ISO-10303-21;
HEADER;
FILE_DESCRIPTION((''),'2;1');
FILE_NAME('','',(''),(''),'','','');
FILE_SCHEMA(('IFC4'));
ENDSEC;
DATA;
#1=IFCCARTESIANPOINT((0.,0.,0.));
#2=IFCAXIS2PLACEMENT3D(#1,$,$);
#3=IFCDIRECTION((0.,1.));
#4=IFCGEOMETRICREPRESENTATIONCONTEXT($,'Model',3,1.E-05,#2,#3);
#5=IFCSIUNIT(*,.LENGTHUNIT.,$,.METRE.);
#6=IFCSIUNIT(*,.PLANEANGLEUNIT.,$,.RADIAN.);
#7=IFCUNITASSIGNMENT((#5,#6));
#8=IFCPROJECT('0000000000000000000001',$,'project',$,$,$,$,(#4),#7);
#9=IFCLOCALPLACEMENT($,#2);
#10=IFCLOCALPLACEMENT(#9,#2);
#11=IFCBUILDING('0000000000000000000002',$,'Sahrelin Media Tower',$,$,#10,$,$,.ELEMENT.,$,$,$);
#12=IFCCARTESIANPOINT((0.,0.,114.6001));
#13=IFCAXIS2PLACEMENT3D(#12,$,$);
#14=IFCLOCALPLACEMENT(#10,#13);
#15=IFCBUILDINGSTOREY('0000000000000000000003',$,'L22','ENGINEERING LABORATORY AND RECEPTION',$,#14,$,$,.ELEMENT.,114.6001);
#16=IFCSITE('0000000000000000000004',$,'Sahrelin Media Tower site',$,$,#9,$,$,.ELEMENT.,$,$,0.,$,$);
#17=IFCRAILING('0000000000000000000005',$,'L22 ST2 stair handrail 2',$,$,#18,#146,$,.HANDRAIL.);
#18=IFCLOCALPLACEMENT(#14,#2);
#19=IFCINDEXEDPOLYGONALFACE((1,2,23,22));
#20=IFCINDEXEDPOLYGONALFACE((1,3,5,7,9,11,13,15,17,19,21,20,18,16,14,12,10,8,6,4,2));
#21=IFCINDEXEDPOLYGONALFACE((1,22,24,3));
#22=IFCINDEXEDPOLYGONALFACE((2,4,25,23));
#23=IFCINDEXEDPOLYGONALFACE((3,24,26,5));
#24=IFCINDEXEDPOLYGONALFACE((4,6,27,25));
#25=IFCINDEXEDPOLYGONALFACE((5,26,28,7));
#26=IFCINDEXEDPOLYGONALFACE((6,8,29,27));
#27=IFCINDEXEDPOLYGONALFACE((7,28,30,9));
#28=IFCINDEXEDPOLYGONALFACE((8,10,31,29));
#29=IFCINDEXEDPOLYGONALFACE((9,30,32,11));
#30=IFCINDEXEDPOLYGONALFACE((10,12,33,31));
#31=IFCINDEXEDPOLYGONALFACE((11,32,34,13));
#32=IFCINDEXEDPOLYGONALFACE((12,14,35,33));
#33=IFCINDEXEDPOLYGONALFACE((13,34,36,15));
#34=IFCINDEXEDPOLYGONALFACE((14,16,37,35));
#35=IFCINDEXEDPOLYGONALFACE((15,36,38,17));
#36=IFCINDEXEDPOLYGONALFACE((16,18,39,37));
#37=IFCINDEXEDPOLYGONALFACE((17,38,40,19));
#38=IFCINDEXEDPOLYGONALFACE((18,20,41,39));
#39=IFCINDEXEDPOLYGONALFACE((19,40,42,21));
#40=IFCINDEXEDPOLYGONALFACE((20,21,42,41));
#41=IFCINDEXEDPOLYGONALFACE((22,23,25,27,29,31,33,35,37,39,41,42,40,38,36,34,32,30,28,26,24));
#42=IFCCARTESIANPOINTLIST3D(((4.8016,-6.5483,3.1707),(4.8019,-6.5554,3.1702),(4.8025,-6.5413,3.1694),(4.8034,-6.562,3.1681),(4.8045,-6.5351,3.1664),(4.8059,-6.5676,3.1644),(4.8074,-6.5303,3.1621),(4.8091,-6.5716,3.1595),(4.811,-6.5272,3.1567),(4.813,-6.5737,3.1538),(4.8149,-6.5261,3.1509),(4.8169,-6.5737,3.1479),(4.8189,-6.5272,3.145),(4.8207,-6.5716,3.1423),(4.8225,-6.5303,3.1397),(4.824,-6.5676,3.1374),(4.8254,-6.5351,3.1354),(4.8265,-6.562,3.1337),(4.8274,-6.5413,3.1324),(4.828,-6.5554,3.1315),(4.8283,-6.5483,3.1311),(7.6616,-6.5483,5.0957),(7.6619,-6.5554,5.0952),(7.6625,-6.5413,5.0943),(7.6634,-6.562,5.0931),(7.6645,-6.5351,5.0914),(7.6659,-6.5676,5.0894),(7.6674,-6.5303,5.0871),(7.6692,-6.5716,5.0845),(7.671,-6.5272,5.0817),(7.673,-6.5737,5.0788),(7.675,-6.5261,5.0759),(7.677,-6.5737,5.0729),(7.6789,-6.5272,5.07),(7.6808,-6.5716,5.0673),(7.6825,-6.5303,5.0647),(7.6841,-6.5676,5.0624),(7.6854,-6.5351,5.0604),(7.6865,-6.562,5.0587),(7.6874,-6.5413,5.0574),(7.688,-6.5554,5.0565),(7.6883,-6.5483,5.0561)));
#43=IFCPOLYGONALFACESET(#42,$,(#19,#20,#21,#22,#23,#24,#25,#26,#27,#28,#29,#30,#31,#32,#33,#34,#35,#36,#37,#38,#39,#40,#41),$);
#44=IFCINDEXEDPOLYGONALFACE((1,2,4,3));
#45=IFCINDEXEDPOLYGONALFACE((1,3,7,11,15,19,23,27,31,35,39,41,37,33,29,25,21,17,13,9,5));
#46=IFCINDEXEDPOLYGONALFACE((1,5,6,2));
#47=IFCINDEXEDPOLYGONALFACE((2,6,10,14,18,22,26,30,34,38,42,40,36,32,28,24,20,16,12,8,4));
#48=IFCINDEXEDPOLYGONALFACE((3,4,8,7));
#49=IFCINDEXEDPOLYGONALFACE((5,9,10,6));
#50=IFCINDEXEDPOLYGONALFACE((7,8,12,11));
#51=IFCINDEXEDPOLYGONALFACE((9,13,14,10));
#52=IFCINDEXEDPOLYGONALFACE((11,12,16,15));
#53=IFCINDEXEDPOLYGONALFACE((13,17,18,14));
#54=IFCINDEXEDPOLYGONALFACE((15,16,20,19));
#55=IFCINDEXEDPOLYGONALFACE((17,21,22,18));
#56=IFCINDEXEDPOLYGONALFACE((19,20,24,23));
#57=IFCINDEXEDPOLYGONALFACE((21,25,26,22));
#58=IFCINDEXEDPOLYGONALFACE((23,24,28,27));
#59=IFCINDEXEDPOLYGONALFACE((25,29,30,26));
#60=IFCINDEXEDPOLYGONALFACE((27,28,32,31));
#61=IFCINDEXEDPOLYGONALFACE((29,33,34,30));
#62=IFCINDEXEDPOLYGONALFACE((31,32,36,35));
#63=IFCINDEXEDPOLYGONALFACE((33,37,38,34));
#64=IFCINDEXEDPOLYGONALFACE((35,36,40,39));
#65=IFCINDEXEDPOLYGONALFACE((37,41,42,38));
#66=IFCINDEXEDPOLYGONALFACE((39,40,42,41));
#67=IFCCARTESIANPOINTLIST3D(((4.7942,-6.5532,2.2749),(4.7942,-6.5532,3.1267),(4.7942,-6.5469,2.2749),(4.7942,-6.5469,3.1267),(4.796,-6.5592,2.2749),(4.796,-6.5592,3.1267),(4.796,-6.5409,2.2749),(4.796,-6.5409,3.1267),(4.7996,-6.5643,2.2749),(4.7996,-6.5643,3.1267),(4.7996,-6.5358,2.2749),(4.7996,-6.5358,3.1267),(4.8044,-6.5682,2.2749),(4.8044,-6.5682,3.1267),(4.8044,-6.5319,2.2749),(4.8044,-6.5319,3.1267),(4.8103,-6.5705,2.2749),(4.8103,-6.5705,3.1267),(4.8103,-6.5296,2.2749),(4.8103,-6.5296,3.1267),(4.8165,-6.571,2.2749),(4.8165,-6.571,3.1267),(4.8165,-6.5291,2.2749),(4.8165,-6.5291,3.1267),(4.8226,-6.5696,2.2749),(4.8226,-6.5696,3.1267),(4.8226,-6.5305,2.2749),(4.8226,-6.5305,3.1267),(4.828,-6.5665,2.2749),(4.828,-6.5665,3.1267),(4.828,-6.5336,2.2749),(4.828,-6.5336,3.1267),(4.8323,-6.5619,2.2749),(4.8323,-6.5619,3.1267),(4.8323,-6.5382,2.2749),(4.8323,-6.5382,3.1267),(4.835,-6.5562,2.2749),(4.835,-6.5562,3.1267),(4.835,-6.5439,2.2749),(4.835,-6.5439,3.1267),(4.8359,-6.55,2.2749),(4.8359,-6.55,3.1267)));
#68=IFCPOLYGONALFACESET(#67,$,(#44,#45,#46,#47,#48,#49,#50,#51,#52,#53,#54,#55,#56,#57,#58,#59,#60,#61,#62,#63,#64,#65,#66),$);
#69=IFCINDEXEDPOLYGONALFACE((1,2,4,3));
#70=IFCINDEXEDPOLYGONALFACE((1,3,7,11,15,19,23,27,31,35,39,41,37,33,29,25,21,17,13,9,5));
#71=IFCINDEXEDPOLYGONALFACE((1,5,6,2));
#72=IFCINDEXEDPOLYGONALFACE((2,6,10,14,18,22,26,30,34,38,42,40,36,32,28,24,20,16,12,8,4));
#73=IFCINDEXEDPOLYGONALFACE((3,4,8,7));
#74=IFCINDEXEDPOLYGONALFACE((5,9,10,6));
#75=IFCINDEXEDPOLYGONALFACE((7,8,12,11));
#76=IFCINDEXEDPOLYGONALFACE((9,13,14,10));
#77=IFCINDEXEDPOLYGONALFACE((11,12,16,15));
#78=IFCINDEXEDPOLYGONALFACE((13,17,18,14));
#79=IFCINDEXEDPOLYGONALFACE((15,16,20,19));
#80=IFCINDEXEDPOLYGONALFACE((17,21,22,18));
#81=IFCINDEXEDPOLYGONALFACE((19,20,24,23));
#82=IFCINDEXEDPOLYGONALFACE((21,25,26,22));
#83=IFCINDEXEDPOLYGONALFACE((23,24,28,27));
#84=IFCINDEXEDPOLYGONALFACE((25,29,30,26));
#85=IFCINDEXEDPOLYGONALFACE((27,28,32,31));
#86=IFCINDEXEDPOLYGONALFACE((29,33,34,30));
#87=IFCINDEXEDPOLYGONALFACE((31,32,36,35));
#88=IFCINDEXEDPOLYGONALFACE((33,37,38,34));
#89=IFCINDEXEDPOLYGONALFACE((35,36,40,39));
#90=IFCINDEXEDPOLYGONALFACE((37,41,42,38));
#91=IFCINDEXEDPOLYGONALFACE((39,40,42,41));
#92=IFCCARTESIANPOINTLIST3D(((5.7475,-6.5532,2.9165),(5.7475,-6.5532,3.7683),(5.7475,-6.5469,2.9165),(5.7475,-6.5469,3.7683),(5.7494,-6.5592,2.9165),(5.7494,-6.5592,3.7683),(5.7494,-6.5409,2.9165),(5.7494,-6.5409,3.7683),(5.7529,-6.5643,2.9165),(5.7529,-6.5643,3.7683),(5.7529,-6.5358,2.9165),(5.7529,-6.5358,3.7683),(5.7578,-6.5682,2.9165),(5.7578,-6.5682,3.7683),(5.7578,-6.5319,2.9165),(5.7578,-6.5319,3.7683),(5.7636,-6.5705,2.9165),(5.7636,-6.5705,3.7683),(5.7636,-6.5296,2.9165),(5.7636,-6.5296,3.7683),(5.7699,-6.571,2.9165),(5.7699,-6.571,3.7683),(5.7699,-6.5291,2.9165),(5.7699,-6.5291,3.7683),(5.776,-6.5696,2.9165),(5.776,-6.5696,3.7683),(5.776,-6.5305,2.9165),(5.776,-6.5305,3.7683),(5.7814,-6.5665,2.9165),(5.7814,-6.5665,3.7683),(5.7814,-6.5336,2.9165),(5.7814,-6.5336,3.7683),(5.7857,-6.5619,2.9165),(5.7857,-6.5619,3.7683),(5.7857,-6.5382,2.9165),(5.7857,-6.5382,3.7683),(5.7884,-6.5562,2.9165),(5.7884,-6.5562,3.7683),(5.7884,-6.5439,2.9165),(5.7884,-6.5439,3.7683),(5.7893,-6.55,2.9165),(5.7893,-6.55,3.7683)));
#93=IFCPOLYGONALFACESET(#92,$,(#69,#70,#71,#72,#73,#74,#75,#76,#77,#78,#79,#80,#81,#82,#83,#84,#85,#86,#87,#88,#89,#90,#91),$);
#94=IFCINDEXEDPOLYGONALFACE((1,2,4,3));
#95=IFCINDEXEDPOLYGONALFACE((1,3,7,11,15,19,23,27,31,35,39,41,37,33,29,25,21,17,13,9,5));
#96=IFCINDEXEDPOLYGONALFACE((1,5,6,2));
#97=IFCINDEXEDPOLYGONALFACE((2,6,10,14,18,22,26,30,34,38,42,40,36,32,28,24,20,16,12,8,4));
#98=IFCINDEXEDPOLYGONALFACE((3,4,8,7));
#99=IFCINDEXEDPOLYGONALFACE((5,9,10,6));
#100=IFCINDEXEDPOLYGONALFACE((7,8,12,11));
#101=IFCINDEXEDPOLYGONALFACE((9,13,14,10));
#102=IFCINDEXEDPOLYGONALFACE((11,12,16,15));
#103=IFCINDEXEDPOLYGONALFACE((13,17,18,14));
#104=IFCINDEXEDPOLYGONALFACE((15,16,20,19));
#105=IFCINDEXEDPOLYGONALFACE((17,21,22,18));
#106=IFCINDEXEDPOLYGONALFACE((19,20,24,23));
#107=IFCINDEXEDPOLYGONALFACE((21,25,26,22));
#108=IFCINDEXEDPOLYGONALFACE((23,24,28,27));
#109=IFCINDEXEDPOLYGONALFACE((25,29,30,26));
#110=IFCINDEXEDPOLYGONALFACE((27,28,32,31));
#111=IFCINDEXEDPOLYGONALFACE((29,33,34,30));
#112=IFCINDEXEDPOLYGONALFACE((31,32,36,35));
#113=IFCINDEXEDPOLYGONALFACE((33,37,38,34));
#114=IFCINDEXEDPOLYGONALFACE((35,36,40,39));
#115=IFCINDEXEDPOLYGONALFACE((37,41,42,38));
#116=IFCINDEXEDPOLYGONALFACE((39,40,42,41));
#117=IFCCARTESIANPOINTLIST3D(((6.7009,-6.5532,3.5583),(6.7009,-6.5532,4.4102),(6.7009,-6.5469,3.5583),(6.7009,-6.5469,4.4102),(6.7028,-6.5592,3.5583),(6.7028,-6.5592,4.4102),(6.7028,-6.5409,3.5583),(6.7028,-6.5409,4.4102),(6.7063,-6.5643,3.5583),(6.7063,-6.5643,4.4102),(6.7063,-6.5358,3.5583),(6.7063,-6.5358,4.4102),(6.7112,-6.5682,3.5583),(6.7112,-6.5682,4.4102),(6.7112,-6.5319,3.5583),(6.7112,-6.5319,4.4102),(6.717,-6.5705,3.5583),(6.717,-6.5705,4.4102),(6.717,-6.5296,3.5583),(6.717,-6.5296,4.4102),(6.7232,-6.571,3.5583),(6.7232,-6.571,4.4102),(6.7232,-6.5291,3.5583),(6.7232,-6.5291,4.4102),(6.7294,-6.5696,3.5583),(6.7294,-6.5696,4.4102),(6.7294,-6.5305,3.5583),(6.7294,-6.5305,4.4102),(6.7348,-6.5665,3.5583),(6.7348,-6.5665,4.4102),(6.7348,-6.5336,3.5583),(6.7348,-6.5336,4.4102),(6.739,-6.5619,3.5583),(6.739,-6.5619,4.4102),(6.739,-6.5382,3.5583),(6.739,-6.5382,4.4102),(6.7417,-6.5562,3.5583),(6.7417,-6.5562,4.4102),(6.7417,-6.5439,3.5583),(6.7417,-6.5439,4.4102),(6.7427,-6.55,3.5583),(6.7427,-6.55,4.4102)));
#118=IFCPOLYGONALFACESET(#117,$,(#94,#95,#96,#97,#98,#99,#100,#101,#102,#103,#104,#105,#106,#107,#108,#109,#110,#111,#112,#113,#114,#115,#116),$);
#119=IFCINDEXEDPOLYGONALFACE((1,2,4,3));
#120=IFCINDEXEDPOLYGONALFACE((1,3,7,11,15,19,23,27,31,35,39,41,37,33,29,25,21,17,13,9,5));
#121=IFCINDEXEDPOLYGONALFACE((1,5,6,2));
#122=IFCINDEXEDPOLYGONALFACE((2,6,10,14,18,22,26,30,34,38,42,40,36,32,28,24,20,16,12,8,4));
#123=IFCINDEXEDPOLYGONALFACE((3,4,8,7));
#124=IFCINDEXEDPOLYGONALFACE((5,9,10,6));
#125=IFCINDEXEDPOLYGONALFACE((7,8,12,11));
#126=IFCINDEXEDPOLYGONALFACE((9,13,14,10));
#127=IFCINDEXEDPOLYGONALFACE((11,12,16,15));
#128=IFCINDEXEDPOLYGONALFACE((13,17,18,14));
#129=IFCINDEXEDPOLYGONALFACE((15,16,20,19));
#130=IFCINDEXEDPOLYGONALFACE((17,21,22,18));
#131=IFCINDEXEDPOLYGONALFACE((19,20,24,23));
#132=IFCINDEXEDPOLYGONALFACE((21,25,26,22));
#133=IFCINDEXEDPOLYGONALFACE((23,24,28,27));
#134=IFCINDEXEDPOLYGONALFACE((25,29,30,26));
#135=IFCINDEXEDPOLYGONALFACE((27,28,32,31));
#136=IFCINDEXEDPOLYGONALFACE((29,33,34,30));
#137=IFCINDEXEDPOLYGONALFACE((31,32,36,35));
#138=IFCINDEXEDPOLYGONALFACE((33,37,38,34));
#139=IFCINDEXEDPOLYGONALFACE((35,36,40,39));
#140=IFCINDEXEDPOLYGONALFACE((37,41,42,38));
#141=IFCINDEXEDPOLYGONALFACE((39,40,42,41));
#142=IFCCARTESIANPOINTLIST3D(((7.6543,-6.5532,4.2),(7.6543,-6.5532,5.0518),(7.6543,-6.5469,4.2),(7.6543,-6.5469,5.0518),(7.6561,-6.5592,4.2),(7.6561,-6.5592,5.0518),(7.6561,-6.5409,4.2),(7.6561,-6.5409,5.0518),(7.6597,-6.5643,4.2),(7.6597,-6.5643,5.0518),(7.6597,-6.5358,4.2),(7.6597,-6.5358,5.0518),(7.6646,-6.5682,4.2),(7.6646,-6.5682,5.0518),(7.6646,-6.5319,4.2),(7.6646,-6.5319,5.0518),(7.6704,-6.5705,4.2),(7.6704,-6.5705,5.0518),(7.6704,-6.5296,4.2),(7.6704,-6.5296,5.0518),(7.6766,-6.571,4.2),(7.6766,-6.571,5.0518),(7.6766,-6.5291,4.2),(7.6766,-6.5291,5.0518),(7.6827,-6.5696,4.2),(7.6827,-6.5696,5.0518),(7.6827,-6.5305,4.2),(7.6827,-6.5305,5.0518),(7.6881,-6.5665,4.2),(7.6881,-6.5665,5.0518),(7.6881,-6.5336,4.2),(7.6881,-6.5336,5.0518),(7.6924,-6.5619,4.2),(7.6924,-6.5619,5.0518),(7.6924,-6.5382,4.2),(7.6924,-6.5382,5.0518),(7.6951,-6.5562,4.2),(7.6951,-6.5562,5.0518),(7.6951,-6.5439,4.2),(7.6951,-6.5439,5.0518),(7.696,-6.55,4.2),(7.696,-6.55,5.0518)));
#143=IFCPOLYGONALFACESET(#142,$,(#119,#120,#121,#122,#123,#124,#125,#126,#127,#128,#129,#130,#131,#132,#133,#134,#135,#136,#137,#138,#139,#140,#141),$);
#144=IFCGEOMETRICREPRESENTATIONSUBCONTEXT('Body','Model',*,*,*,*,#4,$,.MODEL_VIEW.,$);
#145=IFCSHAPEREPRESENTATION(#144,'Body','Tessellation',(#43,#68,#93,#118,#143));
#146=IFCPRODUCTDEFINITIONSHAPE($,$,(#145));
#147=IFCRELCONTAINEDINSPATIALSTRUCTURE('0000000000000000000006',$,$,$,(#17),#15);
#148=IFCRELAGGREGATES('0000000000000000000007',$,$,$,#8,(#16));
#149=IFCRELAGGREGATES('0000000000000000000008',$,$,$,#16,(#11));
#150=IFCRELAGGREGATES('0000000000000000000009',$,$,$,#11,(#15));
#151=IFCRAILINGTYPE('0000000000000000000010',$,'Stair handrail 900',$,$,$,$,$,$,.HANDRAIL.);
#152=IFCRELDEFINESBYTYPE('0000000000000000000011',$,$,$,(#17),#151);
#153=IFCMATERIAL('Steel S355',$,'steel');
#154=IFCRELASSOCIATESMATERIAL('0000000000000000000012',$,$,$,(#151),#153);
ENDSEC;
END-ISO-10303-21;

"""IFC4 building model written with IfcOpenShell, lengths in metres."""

from ifc_helpers import new_model, si_unit, direction, frame, origin, origin_2d, place, context, subcontext, project, spatial, circle, extrude, material, type_object, element, save


model = new_model("IFC4")

# Units and contexts
model_context = context("Model", 3, precision=1e-05, world=origin(), true_north=direction((0.0, 1.0)))
body_context = subcontext(model_context, "Body", "Model", "MODEL_VIEW")
ifc_project = project(units=[si_unit("LENGTHUNIT", "METRE"), si_unit("PLANEANGLEUNIT", "RADIAN")], contexts=[model_context])

# Site, building, storey
site_placement = place(None, origin())
site = spatial("IfcSite", under=ifc_project, at=site_placement, Name="Sahrelin Media Tower site", CompositionType="ELEMENT", RefElevation=0.0)
building_placement = place(site_placement, origin())
building = spatial("IfcBuilding", under=site, at=building_placement, Name="Sahrelin Media Tower", CompositionType="ELEMENT")
storey_placement = place(building_placement, frame((0.0, 0.0, 114.6001)))
storey = spatial("IfcBuildingStorey", under=building, at=storey_placement, Name="L22", Description="ENGINEERING LABORATORY AND RECEPTION", CompositionType="ELEMENT", Elevation=114.6001)

# Shared definitions
ifc_material_1 = material(Name="Steel S355", Category="steel")

# Railing
railing_type_1 = type_object("IfcRailingType", Name="Stair handrail 900", PredefinedType="HANDRAIL", material=ifc_material_1)
railing_1_placement = place(storey_placement, frame((4.8149, -6.55, 2.2749)))
element("IfcRailing", 1, at=railing_1_placement, inside=storey, type_object=railing_type_1, Name="L22 ST2 stair handrail 2", PredefinedType="HANDRAIL", context=body_context, shape_type="SweptSolid", body=[
    extrude(circle(Radius=0.0239, at=origin_2d()), frame((0.0, 0.0, 0.876), z_axis=(0.829591, 0.0, 0.558372), x_axis=(0.0, 1.0, 0.0)), (0.0, 0.0, 1.0), 3.4475),
    extrude(circle(Radius=0.021, at=origin_2d()), origin(), (0.0, 0.0, 1.0), 0.8518),
    extrude(circle(Radius=0.021, at=origin_2d()), frame((0.9534, 0.0, 0.6416)), (0.0, 0.0, 1.0), 0.8518),
    extrude(circle(Radius=0.021, at=origin_2d()), frame((1.9067, 0.0, 1.2834)), (0.0, 0.0, 1.0), 0.8518),
    extrude(circle(Radius=0.021, at=origin_2d()), frame((2.8601, 0.0, 1.925)), (0.0, 0.0, 1.0), 0.8518),
])

save(model, "model.ifc")
